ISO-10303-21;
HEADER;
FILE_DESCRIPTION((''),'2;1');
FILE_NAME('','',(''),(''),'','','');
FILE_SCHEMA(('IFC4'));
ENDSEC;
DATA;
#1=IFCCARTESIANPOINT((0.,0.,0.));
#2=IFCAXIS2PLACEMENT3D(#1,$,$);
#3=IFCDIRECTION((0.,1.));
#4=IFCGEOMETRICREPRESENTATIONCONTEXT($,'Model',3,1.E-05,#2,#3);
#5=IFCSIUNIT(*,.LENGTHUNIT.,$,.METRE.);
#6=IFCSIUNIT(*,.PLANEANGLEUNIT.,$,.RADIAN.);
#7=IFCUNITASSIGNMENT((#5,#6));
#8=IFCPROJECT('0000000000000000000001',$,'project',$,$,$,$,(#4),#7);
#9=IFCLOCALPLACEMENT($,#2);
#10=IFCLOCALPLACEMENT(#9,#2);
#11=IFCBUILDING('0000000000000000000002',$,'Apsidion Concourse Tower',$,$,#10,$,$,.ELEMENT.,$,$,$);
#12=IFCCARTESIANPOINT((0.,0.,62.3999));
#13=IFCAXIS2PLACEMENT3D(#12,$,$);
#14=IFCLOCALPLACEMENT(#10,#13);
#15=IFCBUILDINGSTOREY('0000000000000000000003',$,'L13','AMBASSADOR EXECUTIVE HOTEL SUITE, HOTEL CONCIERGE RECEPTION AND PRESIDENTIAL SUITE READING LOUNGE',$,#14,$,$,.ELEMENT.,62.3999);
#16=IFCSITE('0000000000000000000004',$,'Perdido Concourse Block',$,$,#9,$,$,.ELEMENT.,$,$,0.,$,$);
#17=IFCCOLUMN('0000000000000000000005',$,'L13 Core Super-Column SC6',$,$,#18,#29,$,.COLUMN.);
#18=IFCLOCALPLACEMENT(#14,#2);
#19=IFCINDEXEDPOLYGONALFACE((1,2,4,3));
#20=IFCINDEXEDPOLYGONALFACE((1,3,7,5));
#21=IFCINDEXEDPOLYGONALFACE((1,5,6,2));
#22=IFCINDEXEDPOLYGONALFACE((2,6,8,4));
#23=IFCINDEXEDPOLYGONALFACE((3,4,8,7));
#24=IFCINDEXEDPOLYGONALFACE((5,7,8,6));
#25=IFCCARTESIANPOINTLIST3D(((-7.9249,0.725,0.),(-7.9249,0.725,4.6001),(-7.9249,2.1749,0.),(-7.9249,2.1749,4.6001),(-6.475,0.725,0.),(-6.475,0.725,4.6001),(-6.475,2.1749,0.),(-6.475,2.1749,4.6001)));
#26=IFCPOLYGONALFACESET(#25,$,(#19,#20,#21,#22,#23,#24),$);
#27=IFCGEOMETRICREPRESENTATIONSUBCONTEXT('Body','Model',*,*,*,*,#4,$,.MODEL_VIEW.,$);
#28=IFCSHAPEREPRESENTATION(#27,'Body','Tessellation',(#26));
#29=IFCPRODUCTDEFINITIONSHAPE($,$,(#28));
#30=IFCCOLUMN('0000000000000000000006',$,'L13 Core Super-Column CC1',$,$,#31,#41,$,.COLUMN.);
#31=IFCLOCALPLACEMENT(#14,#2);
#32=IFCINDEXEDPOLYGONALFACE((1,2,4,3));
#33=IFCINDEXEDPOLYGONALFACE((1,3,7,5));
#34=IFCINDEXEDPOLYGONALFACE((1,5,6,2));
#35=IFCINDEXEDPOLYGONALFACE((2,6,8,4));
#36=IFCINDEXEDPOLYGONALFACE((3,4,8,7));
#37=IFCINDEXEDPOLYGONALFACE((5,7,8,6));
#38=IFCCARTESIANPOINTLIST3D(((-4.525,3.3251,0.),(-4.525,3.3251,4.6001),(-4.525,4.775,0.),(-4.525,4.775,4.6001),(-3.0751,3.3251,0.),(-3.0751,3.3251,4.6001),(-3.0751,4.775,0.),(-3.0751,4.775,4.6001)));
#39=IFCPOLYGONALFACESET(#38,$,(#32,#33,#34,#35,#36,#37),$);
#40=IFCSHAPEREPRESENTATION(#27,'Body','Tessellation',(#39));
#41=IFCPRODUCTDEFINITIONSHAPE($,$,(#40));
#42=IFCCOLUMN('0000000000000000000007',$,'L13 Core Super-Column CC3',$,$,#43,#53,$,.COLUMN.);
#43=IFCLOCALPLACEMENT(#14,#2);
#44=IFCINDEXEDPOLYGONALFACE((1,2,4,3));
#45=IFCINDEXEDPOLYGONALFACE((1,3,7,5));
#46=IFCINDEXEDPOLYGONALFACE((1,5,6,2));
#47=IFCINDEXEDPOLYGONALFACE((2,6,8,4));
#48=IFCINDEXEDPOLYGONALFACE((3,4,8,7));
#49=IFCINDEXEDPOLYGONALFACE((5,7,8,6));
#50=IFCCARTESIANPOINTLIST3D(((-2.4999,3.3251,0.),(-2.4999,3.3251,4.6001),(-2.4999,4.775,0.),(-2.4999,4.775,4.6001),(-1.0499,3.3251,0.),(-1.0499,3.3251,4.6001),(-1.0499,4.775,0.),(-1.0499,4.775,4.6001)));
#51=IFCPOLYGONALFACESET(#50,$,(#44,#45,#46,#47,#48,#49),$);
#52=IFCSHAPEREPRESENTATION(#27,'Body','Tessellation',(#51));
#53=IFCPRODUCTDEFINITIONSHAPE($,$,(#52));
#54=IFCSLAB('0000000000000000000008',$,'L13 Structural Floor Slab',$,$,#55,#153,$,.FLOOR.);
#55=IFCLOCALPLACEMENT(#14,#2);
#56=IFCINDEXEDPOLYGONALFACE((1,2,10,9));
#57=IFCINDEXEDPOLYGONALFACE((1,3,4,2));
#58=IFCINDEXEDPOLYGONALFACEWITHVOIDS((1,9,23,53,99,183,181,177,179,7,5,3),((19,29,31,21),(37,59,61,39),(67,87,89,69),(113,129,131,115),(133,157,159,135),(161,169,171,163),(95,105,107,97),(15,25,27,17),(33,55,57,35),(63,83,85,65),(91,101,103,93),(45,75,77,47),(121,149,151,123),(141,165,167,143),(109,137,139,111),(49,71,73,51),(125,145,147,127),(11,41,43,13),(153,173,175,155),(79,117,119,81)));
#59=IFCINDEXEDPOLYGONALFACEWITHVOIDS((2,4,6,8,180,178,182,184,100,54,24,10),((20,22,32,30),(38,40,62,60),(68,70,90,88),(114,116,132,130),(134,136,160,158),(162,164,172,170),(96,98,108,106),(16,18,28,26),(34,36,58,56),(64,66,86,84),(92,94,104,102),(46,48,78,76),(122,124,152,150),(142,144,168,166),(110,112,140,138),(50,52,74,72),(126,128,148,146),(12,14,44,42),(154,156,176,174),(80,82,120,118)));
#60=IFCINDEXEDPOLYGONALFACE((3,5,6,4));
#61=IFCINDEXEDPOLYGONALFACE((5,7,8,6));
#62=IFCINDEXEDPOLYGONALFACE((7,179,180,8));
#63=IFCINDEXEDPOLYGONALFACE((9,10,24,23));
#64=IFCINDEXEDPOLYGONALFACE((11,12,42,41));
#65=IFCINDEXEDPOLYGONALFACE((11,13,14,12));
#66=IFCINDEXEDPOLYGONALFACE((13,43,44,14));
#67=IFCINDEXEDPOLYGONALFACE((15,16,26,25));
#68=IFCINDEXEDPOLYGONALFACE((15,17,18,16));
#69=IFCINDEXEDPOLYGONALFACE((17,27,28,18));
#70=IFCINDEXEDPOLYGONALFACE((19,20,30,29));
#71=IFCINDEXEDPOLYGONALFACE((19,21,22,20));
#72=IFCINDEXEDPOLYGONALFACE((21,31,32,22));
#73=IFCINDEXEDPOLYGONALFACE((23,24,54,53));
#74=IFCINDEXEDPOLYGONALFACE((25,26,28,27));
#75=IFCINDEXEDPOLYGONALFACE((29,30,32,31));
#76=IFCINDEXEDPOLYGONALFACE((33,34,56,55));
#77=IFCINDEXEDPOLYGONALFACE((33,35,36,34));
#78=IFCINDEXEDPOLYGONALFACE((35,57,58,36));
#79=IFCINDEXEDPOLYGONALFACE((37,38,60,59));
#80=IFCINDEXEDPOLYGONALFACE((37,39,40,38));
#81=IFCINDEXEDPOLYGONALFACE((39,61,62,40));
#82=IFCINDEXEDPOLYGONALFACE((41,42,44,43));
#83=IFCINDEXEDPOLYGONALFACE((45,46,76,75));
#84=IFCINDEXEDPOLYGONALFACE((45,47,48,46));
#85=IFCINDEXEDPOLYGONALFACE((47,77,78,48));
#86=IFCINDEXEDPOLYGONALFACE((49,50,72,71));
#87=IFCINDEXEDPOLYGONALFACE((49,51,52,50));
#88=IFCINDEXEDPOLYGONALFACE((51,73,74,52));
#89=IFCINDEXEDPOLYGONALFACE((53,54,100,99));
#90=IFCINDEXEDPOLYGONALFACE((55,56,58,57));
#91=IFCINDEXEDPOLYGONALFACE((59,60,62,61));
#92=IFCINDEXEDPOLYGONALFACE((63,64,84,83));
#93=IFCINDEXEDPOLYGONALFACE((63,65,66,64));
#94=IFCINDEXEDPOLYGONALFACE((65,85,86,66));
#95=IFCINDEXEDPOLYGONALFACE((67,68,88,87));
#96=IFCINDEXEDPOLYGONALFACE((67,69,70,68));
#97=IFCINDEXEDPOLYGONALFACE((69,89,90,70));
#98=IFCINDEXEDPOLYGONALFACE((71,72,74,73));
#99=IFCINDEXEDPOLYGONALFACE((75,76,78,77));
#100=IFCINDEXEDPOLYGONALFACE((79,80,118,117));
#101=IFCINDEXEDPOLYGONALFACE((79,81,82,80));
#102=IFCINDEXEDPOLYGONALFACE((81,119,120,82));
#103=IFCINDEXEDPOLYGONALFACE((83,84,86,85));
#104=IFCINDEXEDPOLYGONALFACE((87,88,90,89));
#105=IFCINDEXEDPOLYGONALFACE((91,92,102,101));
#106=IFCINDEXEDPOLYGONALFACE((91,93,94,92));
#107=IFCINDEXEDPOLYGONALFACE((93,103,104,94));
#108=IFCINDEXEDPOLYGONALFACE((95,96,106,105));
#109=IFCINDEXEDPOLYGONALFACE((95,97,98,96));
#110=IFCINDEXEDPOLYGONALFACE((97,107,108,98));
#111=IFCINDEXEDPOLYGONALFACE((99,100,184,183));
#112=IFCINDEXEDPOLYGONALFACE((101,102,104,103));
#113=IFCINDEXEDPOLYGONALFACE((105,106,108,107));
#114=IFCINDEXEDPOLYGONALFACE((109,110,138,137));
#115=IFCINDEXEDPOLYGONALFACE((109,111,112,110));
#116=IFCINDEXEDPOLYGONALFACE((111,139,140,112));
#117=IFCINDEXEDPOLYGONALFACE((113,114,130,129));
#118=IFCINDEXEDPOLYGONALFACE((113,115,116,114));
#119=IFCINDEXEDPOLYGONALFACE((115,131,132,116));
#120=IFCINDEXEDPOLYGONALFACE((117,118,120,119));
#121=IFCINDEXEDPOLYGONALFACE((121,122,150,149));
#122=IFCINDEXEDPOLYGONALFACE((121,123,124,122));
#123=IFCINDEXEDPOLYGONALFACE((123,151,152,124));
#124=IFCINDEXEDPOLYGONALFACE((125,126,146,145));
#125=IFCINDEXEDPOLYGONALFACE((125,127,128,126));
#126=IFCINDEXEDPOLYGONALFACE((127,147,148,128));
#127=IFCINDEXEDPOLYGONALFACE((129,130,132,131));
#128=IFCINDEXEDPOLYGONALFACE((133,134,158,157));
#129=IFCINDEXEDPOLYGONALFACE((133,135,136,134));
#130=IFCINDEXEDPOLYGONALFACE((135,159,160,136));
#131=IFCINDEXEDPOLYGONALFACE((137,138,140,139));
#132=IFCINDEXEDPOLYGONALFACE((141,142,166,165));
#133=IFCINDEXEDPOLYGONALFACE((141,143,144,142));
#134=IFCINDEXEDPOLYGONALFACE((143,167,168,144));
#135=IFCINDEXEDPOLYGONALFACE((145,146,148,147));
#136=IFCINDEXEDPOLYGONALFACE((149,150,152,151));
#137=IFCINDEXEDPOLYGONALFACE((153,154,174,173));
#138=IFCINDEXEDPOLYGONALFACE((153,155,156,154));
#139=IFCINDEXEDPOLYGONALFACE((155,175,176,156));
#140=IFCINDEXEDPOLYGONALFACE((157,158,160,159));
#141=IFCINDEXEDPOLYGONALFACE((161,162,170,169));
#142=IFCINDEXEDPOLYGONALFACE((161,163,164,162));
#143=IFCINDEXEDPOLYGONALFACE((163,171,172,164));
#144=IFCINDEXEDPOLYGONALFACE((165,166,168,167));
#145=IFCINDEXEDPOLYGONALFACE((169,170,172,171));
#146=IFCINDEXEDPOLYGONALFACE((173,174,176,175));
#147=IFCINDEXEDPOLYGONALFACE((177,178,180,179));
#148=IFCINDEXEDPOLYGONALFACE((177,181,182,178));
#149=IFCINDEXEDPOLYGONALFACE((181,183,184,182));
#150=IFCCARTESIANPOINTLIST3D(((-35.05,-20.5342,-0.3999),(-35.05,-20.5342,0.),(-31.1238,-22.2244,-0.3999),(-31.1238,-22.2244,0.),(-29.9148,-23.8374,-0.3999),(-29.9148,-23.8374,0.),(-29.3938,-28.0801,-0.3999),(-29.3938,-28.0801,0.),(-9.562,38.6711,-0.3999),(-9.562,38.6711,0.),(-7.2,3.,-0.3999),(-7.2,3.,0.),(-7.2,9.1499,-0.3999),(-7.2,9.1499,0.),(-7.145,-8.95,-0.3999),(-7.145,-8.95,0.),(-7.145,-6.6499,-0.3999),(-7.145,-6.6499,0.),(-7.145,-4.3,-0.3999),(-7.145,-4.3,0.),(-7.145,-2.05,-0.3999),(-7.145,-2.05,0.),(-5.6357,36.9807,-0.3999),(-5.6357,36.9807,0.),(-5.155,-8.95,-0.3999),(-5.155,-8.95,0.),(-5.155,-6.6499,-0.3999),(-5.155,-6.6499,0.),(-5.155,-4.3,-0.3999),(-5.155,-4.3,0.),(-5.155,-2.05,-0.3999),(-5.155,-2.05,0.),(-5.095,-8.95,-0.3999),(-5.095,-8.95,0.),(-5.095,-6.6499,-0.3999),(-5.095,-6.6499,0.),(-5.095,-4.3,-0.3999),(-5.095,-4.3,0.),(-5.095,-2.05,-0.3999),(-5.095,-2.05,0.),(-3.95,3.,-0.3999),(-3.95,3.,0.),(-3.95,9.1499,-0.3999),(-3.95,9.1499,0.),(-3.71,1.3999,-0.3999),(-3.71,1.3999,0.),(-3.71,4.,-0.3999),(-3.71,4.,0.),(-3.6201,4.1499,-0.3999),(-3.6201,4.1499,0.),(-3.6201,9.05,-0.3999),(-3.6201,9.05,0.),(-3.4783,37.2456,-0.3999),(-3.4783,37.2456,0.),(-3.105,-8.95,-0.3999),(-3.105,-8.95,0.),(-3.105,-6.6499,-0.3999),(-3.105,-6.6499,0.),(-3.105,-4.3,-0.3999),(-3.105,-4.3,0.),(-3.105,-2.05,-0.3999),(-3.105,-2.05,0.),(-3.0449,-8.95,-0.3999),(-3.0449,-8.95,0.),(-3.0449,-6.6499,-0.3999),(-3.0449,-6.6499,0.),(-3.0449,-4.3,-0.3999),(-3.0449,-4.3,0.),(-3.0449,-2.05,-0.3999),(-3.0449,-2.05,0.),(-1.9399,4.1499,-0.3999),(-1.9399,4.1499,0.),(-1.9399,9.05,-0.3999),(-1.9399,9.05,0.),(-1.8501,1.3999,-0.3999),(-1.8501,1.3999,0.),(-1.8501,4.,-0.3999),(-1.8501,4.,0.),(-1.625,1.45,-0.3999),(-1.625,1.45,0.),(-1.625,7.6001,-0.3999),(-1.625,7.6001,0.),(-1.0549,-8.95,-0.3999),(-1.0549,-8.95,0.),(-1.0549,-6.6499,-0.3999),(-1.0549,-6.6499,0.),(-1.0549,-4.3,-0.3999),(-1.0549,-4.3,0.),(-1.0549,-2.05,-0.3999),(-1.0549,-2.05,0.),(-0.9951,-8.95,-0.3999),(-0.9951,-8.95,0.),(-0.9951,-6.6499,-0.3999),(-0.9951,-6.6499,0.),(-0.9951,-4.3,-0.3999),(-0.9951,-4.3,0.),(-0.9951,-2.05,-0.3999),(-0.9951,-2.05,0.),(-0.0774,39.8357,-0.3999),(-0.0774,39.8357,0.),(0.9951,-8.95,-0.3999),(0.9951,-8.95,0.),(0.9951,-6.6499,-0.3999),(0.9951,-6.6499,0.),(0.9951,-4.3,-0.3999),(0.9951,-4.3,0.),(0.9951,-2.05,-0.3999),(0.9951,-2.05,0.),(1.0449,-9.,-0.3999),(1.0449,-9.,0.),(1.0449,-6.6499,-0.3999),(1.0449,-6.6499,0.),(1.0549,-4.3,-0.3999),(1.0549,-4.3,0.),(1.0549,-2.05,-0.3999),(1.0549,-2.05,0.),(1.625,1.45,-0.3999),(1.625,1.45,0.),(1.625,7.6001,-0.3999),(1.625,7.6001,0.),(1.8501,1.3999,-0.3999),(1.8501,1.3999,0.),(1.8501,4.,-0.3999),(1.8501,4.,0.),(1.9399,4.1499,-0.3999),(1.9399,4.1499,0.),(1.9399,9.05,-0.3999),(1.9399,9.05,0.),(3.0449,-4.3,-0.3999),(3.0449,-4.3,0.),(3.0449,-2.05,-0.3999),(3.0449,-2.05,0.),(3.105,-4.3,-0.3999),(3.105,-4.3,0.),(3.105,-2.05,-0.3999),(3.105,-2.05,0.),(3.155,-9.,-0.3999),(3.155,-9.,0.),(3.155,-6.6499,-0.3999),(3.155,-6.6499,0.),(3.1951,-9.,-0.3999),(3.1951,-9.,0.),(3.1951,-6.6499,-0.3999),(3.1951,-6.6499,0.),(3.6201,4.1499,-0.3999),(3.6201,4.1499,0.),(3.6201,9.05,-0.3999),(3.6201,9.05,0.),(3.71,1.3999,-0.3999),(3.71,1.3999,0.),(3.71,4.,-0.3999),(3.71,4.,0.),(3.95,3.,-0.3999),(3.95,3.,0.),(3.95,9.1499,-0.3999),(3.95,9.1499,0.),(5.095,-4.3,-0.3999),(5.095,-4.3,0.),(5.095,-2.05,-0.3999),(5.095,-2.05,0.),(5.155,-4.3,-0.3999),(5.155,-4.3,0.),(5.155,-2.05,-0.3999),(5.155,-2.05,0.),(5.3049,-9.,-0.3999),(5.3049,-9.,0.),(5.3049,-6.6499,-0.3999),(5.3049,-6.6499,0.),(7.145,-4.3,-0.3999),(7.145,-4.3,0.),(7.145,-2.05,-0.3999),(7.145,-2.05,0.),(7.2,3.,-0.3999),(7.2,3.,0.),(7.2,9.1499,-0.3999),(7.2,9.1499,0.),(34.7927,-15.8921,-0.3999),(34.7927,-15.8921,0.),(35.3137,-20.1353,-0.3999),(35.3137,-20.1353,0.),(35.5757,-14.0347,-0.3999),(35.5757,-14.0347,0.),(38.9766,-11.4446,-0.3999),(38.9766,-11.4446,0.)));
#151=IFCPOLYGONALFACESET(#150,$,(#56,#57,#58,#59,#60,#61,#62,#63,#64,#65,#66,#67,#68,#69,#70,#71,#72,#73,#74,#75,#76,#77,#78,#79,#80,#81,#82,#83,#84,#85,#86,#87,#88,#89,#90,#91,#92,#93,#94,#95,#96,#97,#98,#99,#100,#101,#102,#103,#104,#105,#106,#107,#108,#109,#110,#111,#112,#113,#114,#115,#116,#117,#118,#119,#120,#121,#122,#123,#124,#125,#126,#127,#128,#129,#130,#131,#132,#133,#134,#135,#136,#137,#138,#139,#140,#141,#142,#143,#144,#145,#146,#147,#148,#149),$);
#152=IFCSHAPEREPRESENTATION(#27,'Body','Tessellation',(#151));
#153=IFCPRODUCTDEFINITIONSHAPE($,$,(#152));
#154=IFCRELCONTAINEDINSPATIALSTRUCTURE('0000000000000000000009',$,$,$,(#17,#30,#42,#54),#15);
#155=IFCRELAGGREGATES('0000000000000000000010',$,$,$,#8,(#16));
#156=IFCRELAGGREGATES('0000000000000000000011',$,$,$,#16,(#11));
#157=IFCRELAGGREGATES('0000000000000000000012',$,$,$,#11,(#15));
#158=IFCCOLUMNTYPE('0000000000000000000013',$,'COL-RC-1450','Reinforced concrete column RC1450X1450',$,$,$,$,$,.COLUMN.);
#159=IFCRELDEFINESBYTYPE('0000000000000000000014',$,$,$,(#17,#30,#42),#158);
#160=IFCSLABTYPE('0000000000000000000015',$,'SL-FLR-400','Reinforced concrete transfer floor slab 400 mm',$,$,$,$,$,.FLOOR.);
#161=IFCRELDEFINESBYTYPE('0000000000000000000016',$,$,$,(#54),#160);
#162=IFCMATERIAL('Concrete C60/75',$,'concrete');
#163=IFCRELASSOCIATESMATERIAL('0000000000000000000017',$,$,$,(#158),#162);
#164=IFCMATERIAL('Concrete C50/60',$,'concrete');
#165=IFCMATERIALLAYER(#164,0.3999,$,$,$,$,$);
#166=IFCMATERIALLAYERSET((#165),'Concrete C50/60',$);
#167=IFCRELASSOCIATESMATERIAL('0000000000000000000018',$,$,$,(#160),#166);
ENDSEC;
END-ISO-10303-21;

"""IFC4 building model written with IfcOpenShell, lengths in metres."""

from ifc_helpers import new_model, si_unit, direction, frame, origin, origin_2d, place, context, subcontext, project, spatial, polyline, rectangle, outline, extrude, material, layer, layer_set, material_profile, profile_set, type_object, element, save


model = new_model("IFC4")

# Units and contexts
model_context = context("Model", 3, precision=1e-05, world=origin(), true_north=direction((0.0, 1.0)))
body_context = subcontext(model_context, "Body", "Model", "MODEL_VIEW")
ifc_project = project(units=[si_unit("LENGTHUNIT", "METRE"), si_unit("PLANEANGLEUNIT", "RADIAN")], contexts=[model_context])

# Site, building, storey
site_placement = place(None, origin())
site = spatial("IfcSite", under=ifc_project, at=site_placement, Name="Perdido Concourse Block", CompositionType="ELEMENT", RefElevation=0.0)
building_placement = place(site_placement, origin())
building = spatial("IfcBuilding", under=site, at=building_placement, Name="Apsidion Concourse Tower", CompositionType="ELEMENT")
storey_placement = place(building_placement, frame((0.0, 0.0, 62.3999)))
storey = spatial("IfcBuildingStorey", under=building, at=storey_placement, Name="L13", Description="AMBASSADOR EXECUTIVE HOTEL SUITE, HOTEL CONCIERGE RECEPTION AND PRESIDENTIAL SUITE READING LOUNGE", CompositionType="ELEMENT", Elevation=62.3999)

# Columns
ifc_material_1 = material(Name="Concrete C60/75", Category="concrete")
ifc_material_profile = material_profile(ifc_material_1, rectangle(XDim=1.45, YDim=1.45, at=origin_2d()), Name="RC 1450x1450")
ifc_profile_set = profile_set([ifc_material_profile], Name="Concrete C60/75")
column_type = type_object("IfcColumnType", Name="COL-RC-1450", Description="Reinforced concrete column RC1450X1450", PredefinedType="COLUMN", material=ifc_profile_set)
for number, where, z_axis, x_axis, name in (
    (1, (-7.2, 1.45, 0.0), (0.0, 0.0, 1.0), (1.0, 0.0, 0.0), "L13 Core Super-Column SC6"),
    (2, (-3.8, 4.05, 0.0), (0.0, 0.0, 1.0), (1.0, 0.0, 0.0), "L13 Core Super-Column CC1"),
    (3, (-1.7749, 4.05, 0.0), (0.0, 0.0, 1.0), (1.0, 0.0, 0.0), "L13 Core Super-Column CC3"),
):
    element("IfcColumn", number, at=place(storey_placement, frame(where, z_axis=z_axis, x_axis=x_axis)), inside=storey, type_object=column_type, Name=name, PredefinedType="COLUMN", context=body_context, shape_type="SweptSolid", body=[
        extrude(rectangle(XDim=1.45, YDim=1.45, at=origin_2d()), origin(), (0.0, 0.0, 1.0), 4.6001),
    ])

# Slab
ifc_material_2 = material(Name="Concrete C50/60", Category="concrete")
ifc_layer_1 = layer(ifc_material_2, 0.3999)
ifc_layer_set_1 = layer_set([ifc_layer_1], Name="Concrete C50/60")
slab_type_1 = type_object("IfcSlabType", Name="SL-FLR-400", Description="Reinforced concrete transfer floor slab 400 mm", PredefinedType="FLOOR", material=ifc_layer_set_1)
slab_1_placement = place(storey_placement, frame((0.0, 0.0, -0.3999)))
element("IfcSlab", 4, at=slab_1_placement, inside=storey, type_object=slab_type_1, Name="L13 Structural Floor Slab", PredefinedType="FLOOR", context=body_context, shape_type="SweptSolid", body=[
    extrude(outline(polyline([(-0.0774, 39.8357), (-3.4783, 37.2456), (-5.6357, 36.9807), (-9.562, 38.6711), (-35.05, -20.5342), (-31.1238, -22.2244), (-29.9148, -23.8374), (-29.3938, -28.0801), (35.3137, -20.1353), (34.7927, -15.8921), (35.5757, -14.0347), (38.9766, -11.4446), (-0.0774, 39.8357)]), holes=[polyline([(-3.95, 3.0), (-3.95, 9.1499), (-7.2, 9.1499), (-7.2, 3.0), (-3.95, 3.0)]), polyline([(7.2, 3.0), (7.2, 9.1499), (3.95, 9.1499), (3.95, 3.0), (7.2, 3.0)]), polyline([(-1.625, 7.6001), (-1.625, 1.45), (1.625, 1.45), (1.625, 7.6001), (-1.625, 7.6001)]), polyline([(-7.145, -4.3), (-5.155, -4.3), (-5.155, -2.05), (-7.145, -2.05), (-7.145, -4.3)]), polyline([(-5.095, -4.3), (-3.105, -4.3), (-3.105, -2.05), (-5.095, -2.05), (-5.095, -4.3)]), polyline([(-3.0449, -4.3), (-1.0549, -4.3), (-1.0549, -2.05), (-3.0449, -2.05), (-3.0449, -4.3)]), polyline([(-0.9951, -4.3), (0.9951, -4.3), (0.9951, -2.05), (-0.9951, -2.05), (-0.9951, -4.3)]), polyline([(1.0549, -4.3), (3.0449, -4.3), (3.0449, -2.05), (1.0549, -2.05), (1.0549, -4.3)]), polyline([(3.105, -4.3), (5.095, -4.3), (5.095, -2.05), (3.105, -2.05), (3.105, -4.3)]), polyline([(5.155, -4.3), (7.145, -4.3), (7.145, -2.05), (5.155, -2.05), (5.155, -4.3)]), polyline([(-7.145, -8.95), (-5.155, -8.95), (-5.155, -6.6499), (-7.145, -6.6499), (-7.145, -8.95)]), polyline([(-5.095, -8.95), (-3.105, -8.95), (-3.105, -6.6499), (-5.095, -6.6499), (-5.095, -8.95)]), polyline([(-3.0449, -8.95), (-1.0549, -8.95), (-1.0549, -6.6499), (-3.0449, -6.6499), (-3.0449, -8.95)]), polyline([(-0.9951, -8.95), (0.9951, -8.95), (0.9951, -6.6499), (-0.9951, -6.6499), (-0.9951, -8.95)]), polyline([(1.0449, -9.0), (3.155, -9.0), (3.155, -6.6499), (1.0449, -6.6499), (1.0449, -9.0)]), polyline([(3.1951, -9.0), (5.3049, -9.0), (5.3049, -6.6499), (3.1951, -6.6499), (3.1951, -9.0)]), polyline([(-3.71, 1.3999), (-1.8501, 1.3999), (-1.8501, 4.0), (-3.71, 4.0), (-3.71, 1.3999)]), polyline([(1.8501, 1.3999), (3.71, 1.3999), (3.71, 4.0), (1.8501, 4.0), (1.8501, 1.3999)]), polyline([(-3.6201, 4.1499), (-1.9399, 4.1499), (-1.9399, 9.05), (-3.6201, 9.05), (-3.6201, 4.1499)]), polyline([(1.9399, 4.1499), (3.6201, 4.1499), (3.6201, 9.05), (1.9399, 9.05), (1.9399, 4.1499)])]), origin(), (0.0, 0.0, 1.0), 0.3999),
])

save(model, "model.ifc")
